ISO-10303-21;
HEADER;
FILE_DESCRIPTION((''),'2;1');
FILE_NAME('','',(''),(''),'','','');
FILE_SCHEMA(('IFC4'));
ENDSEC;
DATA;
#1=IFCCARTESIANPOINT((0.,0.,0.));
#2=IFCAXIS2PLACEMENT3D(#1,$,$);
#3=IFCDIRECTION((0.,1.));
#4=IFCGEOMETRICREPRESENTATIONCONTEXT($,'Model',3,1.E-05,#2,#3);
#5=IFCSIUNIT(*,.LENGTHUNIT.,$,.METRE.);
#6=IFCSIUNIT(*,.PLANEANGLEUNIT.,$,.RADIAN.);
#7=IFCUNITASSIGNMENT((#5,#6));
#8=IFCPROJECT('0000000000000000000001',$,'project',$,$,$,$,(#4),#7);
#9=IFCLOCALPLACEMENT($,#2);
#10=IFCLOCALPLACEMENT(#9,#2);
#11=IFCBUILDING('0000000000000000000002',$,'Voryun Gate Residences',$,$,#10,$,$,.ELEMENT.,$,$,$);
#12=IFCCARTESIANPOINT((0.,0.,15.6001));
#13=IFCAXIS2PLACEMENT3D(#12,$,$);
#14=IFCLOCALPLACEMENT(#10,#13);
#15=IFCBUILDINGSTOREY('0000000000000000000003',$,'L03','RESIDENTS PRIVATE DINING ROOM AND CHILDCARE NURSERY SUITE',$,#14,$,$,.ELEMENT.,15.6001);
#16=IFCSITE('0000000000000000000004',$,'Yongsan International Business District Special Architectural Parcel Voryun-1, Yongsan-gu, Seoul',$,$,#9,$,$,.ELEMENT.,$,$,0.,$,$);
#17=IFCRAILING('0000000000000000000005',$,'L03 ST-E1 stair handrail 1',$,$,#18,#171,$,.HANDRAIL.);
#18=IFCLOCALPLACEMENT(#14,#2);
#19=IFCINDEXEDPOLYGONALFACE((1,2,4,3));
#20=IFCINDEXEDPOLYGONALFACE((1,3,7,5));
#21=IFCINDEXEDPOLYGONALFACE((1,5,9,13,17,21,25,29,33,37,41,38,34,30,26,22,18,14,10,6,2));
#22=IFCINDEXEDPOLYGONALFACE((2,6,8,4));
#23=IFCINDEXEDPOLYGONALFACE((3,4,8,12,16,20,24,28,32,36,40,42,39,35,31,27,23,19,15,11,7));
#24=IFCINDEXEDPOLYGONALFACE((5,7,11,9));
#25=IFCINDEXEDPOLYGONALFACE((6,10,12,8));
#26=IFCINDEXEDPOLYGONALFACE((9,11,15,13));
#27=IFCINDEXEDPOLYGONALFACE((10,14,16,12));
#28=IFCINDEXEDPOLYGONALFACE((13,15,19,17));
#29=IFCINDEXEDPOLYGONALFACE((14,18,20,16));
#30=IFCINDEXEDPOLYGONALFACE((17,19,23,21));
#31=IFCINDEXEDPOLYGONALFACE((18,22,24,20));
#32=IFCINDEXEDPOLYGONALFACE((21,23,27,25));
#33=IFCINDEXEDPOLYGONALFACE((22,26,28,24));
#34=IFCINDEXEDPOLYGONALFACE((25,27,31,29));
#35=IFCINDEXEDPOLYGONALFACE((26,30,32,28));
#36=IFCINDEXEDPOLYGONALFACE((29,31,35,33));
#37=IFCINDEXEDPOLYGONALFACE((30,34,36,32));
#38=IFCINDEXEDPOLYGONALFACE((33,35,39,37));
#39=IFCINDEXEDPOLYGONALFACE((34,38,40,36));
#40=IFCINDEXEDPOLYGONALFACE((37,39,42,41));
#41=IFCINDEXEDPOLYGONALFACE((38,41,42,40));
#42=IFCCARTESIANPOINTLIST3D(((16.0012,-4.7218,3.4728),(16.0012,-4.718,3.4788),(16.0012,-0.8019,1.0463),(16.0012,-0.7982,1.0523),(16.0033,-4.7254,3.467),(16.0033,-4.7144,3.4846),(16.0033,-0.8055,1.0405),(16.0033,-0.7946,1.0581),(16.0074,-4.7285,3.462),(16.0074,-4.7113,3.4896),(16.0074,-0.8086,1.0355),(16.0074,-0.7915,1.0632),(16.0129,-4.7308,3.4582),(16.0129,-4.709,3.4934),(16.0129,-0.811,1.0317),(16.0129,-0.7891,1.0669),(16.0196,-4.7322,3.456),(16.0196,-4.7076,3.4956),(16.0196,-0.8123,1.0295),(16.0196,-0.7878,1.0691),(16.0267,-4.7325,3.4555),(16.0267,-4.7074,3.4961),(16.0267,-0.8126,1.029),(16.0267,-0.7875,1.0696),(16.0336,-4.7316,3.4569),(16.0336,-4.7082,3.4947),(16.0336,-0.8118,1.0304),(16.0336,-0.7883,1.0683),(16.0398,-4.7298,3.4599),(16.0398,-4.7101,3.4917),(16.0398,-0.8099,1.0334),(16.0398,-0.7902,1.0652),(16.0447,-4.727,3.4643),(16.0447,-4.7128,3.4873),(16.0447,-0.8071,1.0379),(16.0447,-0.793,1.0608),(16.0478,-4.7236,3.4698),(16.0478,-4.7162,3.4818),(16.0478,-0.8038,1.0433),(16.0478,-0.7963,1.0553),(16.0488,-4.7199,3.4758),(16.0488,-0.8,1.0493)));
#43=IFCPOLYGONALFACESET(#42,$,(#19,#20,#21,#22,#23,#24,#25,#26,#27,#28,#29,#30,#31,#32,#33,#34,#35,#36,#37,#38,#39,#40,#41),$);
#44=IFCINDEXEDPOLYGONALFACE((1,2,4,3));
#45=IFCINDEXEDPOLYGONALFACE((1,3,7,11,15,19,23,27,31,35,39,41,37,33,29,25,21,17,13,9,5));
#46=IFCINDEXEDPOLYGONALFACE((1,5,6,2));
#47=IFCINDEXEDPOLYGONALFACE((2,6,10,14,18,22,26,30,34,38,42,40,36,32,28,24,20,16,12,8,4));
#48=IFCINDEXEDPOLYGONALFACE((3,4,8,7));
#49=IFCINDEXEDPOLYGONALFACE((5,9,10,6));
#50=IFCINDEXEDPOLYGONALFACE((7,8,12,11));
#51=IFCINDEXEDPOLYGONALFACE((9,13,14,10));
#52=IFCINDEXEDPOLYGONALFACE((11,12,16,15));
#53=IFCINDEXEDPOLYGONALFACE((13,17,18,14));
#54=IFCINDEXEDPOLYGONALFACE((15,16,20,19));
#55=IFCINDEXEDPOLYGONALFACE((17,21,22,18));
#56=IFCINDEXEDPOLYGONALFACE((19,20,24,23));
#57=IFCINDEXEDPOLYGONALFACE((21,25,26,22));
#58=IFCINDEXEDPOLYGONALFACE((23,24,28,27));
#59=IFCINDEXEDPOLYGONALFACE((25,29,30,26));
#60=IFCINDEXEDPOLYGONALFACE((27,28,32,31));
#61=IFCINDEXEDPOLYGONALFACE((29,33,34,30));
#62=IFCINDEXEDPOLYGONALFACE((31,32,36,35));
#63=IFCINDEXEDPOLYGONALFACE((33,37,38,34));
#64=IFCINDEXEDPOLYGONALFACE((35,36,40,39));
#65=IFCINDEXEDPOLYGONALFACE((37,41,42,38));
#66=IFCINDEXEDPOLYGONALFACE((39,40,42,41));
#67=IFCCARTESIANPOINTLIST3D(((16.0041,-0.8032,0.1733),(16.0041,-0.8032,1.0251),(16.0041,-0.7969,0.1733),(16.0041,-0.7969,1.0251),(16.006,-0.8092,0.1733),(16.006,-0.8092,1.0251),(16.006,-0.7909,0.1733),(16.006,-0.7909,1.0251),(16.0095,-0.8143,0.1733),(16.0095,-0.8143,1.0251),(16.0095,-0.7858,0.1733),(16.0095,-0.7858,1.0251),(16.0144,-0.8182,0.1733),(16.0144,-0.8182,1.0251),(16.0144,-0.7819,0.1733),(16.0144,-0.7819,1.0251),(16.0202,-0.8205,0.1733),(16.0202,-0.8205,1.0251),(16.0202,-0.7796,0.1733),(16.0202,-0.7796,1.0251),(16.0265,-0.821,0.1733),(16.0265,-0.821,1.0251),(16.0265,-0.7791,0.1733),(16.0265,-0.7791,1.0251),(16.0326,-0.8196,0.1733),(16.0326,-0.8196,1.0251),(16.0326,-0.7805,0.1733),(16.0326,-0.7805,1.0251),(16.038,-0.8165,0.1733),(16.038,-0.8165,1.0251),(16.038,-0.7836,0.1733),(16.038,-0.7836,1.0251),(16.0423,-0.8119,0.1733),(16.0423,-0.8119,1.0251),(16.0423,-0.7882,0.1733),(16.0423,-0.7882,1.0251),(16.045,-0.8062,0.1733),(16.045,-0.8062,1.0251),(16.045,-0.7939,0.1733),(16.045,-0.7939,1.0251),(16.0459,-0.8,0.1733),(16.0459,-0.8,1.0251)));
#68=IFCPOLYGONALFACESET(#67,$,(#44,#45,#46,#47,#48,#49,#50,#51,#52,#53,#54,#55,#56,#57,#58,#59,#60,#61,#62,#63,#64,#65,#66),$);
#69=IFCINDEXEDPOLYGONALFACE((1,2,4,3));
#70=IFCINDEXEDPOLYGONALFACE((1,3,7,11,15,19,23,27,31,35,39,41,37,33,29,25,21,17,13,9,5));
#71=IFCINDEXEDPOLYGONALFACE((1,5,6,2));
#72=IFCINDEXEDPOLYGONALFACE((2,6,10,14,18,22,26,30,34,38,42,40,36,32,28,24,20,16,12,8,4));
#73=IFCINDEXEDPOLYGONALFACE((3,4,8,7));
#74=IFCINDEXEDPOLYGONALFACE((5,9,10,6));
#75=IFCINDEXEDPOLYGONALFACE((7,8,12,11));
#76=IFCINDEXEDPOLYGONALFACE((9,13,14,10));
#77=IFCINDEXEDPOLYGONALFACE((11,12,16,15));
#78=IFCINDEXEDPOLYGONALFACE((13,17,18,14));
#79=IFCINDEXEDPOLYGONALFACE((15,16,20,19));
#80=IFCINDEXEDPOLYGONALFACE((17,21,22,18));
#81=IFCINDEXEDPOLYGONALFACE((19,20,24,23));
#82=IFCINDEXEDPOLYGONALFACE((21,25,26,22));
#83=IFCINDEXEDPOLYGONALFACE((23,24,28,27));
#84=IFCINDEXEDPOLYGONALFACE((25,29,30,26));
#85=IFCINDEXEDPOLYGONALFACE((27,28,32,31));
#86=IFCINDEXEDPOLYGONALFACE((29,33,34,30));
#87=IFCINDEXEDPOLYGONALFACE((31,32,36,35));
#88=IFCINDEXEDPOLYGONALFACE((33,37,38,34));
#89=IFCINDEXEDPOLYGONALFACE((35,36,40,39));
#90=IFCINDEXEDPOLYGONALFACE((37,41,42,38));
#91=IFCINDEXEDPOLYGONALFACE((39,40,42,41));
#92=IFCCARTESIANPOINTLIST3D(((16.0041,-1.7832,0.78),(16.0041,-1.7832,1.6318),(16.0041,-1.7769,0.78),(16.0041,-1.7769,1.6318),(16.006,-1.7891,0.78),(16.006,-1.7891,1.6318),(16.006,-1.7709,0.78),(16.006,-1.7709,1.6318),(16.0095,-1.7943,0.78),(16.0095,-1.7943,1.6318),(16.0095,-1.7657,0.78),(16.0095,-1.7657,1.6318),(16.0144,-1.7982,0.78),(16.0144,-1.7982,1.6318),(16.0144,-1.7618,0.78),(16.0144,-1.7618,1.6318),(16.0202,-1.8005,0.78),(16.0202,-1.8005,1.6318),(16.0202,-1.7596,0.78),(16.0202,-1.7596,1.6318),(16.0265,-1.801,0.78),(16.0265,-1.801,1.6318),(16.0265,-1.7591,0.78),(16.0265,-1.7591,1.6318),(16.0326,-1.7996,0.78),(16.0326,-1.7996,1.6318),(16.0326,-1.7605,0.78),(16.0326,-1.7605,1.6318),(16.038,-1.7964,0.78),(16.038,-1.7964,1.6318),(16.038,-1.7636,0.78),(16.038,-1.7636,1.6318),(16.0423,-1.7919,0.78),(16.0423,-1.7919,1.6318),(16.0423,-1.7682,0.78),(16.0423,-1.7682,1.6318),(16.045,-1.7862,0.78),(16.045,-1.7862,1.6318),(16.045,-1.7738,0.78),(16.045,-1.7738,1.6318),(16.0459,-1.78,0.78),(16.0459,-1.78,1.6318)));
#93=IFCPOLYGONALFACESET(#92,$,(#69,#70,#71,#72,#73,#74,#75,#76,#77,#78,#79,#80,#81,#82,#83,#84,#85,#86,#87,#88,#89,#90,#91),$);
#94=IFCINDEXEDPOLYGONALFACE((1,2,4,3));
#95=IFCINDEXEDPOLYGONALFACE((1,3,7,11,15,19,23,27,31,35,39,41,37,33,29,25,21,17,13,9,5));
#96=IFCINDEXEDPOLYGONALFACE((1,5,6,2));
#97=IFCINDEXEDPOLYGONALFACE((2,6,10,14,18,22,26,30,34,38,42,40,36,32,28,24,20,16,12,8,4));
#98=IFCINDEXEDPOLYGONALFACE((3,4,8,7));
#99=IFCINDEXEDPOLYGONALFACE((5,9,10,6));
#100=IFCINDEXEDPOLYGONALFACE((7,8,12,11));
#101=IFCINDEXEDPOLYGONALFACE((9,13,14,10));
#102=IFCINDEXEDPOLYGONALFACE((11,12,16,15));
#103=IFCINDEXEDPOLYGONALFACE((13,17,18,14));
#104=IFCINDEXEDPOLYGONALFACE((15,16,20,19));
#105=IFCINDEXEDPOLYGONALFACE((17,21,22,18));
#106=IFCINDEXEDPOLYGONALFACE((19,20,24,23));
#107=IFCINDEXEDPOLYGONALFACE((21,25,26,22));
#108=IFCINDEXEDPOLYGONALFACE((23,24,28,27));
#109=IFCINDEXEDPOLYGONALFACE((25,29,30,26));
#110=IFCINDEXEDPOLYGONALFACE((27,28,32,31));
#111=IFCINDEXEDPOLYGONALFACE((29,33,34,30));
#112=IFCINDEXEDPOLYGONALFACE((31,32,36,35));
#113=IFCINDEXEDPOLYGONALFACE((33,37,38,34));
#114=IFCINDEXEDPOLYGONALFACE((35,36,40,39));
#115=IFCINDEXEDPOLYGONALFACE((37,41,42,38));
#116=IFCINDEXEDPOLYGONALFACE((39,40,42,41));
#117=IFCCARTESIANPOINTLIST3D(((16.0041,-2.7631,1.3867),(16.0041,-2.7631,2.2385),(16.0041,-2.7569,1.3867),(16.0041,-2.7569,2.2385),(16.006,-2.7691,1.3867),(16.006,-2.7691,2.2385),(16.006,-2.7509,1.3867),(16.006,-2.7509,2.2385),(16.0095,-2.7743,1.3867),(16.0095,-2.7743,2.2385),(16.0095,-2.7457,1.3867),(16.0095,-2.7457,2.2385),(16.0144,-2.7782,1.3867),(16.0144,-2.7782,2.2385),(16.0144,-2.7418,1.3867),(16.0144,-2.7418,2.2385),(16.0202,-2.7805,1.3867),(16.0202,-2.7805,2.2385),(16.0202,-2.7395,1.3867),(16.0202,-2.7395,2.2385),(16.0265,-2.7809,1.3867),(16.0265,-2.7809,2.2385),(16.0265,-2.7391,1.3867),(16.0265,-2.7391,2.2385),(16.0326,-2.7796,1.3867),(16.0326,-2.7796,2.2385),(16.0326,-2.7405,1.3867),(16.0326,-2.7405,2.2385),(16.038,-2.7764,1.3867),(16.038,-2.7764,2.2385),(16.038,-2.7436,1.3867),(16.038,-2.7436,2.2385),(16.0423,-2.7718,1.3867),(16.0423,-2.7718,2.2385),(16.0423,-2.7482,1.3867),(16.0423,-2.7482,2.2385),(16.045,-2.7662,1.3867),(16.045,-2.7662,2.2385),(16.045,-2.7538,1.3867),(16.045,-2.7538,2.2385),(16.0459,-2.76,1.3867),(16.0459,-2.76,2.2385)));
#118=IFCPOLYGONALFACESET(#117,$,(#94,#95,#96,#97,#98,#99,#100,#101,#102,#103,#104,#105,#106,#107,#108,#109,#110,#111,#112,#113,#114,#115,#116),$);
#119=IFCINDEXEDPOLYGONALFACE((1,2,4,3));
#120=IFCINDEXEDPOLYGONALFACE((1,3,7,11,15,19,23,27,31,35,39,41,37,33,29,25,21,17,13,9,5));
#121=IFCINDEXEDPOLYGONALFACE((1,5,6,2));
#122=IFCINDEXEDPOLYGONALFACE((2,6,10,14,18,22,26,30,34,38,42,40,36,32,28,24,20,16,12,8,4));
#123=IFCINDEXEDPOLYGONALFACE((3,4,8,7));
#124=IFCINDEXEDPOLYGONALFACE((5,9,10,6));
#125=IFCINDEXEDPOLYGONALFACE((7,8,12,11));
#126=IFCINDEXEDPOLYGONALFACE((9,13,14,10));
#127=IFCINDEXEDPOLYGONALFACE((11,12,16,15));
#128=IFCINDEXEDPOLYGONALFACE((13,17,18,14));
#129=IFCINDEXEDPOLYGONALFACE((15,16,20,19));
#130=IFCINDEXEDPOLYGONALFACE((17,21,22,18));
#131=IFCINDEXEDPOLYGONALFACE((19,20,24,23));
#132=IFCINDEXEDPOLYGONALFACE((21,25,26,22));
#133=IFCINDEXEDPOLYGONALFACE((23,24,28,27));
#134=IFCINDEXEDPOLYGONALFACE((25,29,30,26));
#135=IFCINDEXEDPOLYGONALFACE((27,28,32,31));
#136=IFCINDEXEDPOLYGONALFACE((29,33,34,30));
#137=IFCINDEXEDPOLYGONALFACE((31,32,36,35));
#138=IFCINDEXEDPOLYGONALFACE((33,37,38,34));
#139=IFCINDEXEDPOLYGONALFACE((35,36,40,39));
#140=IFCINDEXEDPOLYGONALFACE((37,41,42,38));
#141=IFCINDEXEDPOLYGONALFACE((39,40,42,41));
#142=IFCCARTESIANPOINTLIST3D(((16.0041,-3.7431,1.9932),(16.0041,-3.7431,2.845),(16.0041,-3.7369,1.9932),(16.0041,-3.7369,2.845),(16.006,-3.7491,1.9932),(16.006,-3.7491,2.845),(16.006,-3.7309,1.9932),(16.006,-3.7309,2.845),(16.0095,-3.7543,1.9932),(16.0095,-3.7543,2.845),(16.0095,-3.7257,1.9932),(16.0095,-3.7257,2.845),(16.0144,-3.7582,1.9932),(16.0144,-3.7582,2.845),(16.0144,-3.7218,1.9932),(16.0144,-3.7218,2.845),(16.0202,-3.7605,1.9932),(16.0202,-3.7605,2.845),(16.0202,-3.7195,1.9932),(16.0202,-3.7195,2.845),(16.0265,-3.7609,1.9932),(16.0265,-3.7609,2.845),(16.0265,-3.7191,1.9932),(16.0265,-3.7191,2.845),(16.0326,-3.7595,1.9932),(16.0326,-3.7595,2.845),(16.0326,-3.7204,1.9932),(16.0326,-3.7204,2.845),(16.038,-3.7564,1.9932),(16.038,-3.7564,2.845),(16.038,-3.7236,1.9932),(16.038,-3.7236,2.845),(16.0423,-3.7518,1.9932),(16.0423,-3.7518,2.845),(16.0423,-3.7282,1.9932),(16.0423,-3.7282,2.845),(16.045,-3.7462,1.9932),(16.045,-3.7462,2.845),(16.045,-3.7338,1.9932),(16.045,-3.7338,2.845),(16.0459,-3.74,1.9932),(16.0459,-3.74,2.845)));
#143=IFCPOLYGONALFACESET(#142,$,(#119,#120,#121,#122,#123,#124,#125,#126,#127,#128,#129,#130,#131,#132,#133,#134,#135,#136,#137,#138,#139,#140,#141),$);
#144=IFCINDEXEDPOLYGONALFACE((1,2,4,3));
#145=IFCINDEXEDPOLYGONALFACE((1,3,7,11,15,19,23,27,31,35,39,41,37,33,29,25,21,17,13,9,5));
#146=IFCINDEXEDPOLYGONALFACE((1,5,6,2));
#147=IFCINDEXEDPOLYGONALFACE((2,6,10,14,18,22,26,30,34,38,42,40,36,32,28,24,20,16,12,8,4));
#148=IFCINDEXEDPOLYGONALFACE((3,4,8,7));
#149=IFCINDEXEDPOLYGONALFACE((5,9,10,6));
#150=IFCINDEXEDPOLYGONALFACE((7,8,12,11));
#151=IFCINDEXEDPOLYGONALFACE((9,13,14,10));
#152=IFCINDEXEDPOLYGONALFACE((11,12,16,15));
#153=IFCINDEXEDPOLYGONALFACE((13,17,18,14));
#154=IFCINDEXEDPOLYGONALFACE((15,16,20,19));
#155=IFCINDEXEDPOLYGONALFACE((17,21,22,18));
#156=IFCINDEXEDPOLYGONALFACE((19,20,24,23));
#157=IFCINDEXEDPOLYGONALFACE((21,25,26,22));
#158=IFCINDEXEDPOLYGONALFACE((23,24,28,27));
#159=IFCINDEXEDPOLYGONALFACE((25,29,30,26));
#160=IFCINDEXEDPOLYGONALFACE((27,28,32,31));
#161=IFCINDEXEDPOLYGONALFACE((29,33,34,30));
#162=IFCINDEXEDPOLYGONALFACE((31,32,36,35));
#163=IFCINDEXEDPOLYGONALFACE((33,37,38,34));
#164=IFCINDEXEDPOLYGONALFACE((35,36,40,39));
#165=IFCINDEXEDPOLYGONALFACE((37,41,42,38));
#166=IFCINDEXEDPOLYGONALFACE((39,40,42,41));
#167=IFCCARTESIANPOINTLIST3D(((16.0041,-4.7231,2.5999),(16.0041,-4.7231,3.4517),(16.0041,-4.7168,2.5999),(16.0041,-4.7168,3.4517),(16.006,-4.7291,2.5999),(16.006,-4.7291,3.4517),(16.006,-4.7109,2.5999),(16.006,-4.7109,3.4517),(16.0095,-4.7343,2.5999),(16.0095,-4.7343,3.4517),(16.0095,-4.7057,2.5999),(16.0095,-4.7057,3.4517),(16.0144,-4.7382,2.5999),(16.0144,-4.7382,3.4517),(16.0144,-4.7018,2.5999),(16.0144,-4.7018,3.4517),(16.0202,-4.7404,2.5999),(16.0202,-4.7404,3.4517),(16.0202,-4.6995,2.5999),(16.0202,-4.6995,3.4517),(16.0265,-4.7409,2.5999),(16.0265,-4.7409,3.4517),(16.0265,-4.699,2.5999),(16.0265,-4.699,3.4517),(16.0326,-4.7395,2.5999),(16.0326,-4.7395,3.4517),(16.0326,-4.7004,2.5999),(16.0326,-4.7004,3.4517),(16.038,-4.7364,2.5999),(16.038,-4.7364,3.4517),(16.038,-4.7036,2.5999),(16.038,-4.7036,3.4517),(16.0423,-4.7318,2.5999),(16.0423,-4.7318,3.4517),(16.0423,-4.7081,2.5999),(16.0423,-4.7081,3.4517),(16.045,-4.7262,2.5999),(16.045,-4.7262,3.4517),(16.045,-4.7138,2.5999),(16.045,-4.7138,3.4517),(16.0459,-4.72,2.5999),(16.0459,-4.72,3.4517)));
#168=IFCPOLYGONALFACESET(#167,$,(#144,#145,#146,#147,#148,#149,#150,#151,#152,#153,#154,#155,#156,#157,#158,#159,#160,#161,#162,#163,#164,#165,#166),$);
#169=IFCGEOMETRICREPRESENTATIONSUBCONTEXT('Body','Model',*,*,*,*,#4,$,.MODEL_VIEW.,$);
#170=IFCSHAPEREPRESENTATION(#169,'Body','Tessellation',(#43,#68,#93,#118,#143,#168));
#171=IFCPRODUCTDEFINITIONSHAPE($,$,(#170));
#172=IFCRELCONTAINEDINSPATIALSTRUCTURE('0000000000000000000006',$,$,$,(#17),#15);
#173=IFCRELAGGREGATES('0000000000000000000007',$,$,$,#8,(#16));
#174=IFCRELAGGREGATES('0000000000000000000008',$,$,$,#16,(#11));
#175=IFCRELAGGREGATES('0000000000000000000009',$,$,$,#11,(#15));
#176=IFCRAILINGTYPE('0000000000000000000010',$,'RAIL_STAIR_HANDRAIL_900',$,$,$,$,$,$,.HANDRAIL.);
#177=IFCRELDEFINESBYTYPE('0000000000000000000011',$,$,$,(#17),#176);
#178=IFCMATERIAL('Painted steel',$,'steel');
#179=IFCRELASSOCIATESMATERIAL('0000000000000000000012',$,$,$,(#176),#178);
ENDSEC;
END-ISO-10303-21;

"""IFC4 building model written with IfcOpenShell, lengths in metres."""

from ifc_helpers import new_model, si_unit, direction, frame, origin, origin_2d, place, context, subcontext, project, spatial, circle, extrude, material, type_object, element, save


model = new_model("IFC4")

# Units and contexts
model_context = context("Model", 3, precision=1e-05, world=origin(), true_north=direction((0.0, 1.0)))
body_context = subcontext(model_context, "Body", "Model", "MODEL_VIEW")
ifc_project = project(units=[si_unit("LENGTHUNIT", "METRE"), si_unit("PLANEANGLEUNIT", "RADIAN")], contexts=[model_context])

# Site, building, storey
site_placement = place(None, origin())
site = spatial("IfcSite", under=ifc_project, at=site_placement, Name="Yongsan International Business District Special Architectural Parcel Voryun-1, Yongsan-gu, Seoul", CompositionType="ELEMENT", RefElevation=0.0)
building_placement = place(site_placement, origin())
building = spatial("IfcBuilding", under=site, at=building_placement, Name="Voryun Gate Residences", CompositionType="ELEMENT")
storey_placement = place(building_placement, frame((0.0, 0.0, 15.6001)))
storey = spatial("IfcBuildingStorey", under=building, at=storey_placement, Name="L03", Description="RESIDENTS PRIVATE DINING ROOM AND CHILDCARE NURSERY SUITE", CompositionType="ELEMENT", Elevation=15.6001)

# Railing
ifc_material_1 = material(Name="Painted steel", Category="steel")
railing_type_1 = type_object("IfcRailingType", Name="RAIL_STAIR_HANDRAIL_900", PredefinedType="HANDRAIL", material=ifc_material_1)
railing_1_placement = place(storey_placement, frame((16.0249, -0.8, 0.1733)))
element("IfcRailing", 1, at=railing_1_placement, inside=storey, type_object=railing_type_1, Name="L03 ST-E1 stair handrail 1", PredefinedType="HANDRAIL", context=body_context, shape_type="SweptSolid", body=[
    extrude(circle(Radius=0.0239, at=origin_2d()), frame((0.0, 0.0, 0.876), z_axis=(0.0, -0.850275, 0.526338), x_axis=(1.0, 0.0, 0.0)), (0.0, 0.0, 1.0), 4.6101),
    extrude(circle(Radius=0.021, at=origin_2d()), origin(), (0.0, 0.0, 1.0), 0.8518),
    extrude(circle(Radius=0.021, at=origin_2d()), frame((0.0, -0.98, 0.6067)), (0.0, 0.0, 1.0), 0.8518),
    extrude(circle(Radius=0.021, at=origin_2d()), frame((0.0, -1.96, 1.2134)), (0.0, 0.0, 1.0), 0.8518),
    extrude(circle(Radius=0.021, at=origin_2d()), frame((0.0, -2.9399, 1.8198)), (0.0, 0.0, 1.0), 0.8518),
    extrude(circle(Radius=0.021, at=origin_2d()), frame((0.0, -3.9199, 2.4265)), (0.0, 0.0, 1.0), 0.8518),
])

save(model, "model.ifc")
